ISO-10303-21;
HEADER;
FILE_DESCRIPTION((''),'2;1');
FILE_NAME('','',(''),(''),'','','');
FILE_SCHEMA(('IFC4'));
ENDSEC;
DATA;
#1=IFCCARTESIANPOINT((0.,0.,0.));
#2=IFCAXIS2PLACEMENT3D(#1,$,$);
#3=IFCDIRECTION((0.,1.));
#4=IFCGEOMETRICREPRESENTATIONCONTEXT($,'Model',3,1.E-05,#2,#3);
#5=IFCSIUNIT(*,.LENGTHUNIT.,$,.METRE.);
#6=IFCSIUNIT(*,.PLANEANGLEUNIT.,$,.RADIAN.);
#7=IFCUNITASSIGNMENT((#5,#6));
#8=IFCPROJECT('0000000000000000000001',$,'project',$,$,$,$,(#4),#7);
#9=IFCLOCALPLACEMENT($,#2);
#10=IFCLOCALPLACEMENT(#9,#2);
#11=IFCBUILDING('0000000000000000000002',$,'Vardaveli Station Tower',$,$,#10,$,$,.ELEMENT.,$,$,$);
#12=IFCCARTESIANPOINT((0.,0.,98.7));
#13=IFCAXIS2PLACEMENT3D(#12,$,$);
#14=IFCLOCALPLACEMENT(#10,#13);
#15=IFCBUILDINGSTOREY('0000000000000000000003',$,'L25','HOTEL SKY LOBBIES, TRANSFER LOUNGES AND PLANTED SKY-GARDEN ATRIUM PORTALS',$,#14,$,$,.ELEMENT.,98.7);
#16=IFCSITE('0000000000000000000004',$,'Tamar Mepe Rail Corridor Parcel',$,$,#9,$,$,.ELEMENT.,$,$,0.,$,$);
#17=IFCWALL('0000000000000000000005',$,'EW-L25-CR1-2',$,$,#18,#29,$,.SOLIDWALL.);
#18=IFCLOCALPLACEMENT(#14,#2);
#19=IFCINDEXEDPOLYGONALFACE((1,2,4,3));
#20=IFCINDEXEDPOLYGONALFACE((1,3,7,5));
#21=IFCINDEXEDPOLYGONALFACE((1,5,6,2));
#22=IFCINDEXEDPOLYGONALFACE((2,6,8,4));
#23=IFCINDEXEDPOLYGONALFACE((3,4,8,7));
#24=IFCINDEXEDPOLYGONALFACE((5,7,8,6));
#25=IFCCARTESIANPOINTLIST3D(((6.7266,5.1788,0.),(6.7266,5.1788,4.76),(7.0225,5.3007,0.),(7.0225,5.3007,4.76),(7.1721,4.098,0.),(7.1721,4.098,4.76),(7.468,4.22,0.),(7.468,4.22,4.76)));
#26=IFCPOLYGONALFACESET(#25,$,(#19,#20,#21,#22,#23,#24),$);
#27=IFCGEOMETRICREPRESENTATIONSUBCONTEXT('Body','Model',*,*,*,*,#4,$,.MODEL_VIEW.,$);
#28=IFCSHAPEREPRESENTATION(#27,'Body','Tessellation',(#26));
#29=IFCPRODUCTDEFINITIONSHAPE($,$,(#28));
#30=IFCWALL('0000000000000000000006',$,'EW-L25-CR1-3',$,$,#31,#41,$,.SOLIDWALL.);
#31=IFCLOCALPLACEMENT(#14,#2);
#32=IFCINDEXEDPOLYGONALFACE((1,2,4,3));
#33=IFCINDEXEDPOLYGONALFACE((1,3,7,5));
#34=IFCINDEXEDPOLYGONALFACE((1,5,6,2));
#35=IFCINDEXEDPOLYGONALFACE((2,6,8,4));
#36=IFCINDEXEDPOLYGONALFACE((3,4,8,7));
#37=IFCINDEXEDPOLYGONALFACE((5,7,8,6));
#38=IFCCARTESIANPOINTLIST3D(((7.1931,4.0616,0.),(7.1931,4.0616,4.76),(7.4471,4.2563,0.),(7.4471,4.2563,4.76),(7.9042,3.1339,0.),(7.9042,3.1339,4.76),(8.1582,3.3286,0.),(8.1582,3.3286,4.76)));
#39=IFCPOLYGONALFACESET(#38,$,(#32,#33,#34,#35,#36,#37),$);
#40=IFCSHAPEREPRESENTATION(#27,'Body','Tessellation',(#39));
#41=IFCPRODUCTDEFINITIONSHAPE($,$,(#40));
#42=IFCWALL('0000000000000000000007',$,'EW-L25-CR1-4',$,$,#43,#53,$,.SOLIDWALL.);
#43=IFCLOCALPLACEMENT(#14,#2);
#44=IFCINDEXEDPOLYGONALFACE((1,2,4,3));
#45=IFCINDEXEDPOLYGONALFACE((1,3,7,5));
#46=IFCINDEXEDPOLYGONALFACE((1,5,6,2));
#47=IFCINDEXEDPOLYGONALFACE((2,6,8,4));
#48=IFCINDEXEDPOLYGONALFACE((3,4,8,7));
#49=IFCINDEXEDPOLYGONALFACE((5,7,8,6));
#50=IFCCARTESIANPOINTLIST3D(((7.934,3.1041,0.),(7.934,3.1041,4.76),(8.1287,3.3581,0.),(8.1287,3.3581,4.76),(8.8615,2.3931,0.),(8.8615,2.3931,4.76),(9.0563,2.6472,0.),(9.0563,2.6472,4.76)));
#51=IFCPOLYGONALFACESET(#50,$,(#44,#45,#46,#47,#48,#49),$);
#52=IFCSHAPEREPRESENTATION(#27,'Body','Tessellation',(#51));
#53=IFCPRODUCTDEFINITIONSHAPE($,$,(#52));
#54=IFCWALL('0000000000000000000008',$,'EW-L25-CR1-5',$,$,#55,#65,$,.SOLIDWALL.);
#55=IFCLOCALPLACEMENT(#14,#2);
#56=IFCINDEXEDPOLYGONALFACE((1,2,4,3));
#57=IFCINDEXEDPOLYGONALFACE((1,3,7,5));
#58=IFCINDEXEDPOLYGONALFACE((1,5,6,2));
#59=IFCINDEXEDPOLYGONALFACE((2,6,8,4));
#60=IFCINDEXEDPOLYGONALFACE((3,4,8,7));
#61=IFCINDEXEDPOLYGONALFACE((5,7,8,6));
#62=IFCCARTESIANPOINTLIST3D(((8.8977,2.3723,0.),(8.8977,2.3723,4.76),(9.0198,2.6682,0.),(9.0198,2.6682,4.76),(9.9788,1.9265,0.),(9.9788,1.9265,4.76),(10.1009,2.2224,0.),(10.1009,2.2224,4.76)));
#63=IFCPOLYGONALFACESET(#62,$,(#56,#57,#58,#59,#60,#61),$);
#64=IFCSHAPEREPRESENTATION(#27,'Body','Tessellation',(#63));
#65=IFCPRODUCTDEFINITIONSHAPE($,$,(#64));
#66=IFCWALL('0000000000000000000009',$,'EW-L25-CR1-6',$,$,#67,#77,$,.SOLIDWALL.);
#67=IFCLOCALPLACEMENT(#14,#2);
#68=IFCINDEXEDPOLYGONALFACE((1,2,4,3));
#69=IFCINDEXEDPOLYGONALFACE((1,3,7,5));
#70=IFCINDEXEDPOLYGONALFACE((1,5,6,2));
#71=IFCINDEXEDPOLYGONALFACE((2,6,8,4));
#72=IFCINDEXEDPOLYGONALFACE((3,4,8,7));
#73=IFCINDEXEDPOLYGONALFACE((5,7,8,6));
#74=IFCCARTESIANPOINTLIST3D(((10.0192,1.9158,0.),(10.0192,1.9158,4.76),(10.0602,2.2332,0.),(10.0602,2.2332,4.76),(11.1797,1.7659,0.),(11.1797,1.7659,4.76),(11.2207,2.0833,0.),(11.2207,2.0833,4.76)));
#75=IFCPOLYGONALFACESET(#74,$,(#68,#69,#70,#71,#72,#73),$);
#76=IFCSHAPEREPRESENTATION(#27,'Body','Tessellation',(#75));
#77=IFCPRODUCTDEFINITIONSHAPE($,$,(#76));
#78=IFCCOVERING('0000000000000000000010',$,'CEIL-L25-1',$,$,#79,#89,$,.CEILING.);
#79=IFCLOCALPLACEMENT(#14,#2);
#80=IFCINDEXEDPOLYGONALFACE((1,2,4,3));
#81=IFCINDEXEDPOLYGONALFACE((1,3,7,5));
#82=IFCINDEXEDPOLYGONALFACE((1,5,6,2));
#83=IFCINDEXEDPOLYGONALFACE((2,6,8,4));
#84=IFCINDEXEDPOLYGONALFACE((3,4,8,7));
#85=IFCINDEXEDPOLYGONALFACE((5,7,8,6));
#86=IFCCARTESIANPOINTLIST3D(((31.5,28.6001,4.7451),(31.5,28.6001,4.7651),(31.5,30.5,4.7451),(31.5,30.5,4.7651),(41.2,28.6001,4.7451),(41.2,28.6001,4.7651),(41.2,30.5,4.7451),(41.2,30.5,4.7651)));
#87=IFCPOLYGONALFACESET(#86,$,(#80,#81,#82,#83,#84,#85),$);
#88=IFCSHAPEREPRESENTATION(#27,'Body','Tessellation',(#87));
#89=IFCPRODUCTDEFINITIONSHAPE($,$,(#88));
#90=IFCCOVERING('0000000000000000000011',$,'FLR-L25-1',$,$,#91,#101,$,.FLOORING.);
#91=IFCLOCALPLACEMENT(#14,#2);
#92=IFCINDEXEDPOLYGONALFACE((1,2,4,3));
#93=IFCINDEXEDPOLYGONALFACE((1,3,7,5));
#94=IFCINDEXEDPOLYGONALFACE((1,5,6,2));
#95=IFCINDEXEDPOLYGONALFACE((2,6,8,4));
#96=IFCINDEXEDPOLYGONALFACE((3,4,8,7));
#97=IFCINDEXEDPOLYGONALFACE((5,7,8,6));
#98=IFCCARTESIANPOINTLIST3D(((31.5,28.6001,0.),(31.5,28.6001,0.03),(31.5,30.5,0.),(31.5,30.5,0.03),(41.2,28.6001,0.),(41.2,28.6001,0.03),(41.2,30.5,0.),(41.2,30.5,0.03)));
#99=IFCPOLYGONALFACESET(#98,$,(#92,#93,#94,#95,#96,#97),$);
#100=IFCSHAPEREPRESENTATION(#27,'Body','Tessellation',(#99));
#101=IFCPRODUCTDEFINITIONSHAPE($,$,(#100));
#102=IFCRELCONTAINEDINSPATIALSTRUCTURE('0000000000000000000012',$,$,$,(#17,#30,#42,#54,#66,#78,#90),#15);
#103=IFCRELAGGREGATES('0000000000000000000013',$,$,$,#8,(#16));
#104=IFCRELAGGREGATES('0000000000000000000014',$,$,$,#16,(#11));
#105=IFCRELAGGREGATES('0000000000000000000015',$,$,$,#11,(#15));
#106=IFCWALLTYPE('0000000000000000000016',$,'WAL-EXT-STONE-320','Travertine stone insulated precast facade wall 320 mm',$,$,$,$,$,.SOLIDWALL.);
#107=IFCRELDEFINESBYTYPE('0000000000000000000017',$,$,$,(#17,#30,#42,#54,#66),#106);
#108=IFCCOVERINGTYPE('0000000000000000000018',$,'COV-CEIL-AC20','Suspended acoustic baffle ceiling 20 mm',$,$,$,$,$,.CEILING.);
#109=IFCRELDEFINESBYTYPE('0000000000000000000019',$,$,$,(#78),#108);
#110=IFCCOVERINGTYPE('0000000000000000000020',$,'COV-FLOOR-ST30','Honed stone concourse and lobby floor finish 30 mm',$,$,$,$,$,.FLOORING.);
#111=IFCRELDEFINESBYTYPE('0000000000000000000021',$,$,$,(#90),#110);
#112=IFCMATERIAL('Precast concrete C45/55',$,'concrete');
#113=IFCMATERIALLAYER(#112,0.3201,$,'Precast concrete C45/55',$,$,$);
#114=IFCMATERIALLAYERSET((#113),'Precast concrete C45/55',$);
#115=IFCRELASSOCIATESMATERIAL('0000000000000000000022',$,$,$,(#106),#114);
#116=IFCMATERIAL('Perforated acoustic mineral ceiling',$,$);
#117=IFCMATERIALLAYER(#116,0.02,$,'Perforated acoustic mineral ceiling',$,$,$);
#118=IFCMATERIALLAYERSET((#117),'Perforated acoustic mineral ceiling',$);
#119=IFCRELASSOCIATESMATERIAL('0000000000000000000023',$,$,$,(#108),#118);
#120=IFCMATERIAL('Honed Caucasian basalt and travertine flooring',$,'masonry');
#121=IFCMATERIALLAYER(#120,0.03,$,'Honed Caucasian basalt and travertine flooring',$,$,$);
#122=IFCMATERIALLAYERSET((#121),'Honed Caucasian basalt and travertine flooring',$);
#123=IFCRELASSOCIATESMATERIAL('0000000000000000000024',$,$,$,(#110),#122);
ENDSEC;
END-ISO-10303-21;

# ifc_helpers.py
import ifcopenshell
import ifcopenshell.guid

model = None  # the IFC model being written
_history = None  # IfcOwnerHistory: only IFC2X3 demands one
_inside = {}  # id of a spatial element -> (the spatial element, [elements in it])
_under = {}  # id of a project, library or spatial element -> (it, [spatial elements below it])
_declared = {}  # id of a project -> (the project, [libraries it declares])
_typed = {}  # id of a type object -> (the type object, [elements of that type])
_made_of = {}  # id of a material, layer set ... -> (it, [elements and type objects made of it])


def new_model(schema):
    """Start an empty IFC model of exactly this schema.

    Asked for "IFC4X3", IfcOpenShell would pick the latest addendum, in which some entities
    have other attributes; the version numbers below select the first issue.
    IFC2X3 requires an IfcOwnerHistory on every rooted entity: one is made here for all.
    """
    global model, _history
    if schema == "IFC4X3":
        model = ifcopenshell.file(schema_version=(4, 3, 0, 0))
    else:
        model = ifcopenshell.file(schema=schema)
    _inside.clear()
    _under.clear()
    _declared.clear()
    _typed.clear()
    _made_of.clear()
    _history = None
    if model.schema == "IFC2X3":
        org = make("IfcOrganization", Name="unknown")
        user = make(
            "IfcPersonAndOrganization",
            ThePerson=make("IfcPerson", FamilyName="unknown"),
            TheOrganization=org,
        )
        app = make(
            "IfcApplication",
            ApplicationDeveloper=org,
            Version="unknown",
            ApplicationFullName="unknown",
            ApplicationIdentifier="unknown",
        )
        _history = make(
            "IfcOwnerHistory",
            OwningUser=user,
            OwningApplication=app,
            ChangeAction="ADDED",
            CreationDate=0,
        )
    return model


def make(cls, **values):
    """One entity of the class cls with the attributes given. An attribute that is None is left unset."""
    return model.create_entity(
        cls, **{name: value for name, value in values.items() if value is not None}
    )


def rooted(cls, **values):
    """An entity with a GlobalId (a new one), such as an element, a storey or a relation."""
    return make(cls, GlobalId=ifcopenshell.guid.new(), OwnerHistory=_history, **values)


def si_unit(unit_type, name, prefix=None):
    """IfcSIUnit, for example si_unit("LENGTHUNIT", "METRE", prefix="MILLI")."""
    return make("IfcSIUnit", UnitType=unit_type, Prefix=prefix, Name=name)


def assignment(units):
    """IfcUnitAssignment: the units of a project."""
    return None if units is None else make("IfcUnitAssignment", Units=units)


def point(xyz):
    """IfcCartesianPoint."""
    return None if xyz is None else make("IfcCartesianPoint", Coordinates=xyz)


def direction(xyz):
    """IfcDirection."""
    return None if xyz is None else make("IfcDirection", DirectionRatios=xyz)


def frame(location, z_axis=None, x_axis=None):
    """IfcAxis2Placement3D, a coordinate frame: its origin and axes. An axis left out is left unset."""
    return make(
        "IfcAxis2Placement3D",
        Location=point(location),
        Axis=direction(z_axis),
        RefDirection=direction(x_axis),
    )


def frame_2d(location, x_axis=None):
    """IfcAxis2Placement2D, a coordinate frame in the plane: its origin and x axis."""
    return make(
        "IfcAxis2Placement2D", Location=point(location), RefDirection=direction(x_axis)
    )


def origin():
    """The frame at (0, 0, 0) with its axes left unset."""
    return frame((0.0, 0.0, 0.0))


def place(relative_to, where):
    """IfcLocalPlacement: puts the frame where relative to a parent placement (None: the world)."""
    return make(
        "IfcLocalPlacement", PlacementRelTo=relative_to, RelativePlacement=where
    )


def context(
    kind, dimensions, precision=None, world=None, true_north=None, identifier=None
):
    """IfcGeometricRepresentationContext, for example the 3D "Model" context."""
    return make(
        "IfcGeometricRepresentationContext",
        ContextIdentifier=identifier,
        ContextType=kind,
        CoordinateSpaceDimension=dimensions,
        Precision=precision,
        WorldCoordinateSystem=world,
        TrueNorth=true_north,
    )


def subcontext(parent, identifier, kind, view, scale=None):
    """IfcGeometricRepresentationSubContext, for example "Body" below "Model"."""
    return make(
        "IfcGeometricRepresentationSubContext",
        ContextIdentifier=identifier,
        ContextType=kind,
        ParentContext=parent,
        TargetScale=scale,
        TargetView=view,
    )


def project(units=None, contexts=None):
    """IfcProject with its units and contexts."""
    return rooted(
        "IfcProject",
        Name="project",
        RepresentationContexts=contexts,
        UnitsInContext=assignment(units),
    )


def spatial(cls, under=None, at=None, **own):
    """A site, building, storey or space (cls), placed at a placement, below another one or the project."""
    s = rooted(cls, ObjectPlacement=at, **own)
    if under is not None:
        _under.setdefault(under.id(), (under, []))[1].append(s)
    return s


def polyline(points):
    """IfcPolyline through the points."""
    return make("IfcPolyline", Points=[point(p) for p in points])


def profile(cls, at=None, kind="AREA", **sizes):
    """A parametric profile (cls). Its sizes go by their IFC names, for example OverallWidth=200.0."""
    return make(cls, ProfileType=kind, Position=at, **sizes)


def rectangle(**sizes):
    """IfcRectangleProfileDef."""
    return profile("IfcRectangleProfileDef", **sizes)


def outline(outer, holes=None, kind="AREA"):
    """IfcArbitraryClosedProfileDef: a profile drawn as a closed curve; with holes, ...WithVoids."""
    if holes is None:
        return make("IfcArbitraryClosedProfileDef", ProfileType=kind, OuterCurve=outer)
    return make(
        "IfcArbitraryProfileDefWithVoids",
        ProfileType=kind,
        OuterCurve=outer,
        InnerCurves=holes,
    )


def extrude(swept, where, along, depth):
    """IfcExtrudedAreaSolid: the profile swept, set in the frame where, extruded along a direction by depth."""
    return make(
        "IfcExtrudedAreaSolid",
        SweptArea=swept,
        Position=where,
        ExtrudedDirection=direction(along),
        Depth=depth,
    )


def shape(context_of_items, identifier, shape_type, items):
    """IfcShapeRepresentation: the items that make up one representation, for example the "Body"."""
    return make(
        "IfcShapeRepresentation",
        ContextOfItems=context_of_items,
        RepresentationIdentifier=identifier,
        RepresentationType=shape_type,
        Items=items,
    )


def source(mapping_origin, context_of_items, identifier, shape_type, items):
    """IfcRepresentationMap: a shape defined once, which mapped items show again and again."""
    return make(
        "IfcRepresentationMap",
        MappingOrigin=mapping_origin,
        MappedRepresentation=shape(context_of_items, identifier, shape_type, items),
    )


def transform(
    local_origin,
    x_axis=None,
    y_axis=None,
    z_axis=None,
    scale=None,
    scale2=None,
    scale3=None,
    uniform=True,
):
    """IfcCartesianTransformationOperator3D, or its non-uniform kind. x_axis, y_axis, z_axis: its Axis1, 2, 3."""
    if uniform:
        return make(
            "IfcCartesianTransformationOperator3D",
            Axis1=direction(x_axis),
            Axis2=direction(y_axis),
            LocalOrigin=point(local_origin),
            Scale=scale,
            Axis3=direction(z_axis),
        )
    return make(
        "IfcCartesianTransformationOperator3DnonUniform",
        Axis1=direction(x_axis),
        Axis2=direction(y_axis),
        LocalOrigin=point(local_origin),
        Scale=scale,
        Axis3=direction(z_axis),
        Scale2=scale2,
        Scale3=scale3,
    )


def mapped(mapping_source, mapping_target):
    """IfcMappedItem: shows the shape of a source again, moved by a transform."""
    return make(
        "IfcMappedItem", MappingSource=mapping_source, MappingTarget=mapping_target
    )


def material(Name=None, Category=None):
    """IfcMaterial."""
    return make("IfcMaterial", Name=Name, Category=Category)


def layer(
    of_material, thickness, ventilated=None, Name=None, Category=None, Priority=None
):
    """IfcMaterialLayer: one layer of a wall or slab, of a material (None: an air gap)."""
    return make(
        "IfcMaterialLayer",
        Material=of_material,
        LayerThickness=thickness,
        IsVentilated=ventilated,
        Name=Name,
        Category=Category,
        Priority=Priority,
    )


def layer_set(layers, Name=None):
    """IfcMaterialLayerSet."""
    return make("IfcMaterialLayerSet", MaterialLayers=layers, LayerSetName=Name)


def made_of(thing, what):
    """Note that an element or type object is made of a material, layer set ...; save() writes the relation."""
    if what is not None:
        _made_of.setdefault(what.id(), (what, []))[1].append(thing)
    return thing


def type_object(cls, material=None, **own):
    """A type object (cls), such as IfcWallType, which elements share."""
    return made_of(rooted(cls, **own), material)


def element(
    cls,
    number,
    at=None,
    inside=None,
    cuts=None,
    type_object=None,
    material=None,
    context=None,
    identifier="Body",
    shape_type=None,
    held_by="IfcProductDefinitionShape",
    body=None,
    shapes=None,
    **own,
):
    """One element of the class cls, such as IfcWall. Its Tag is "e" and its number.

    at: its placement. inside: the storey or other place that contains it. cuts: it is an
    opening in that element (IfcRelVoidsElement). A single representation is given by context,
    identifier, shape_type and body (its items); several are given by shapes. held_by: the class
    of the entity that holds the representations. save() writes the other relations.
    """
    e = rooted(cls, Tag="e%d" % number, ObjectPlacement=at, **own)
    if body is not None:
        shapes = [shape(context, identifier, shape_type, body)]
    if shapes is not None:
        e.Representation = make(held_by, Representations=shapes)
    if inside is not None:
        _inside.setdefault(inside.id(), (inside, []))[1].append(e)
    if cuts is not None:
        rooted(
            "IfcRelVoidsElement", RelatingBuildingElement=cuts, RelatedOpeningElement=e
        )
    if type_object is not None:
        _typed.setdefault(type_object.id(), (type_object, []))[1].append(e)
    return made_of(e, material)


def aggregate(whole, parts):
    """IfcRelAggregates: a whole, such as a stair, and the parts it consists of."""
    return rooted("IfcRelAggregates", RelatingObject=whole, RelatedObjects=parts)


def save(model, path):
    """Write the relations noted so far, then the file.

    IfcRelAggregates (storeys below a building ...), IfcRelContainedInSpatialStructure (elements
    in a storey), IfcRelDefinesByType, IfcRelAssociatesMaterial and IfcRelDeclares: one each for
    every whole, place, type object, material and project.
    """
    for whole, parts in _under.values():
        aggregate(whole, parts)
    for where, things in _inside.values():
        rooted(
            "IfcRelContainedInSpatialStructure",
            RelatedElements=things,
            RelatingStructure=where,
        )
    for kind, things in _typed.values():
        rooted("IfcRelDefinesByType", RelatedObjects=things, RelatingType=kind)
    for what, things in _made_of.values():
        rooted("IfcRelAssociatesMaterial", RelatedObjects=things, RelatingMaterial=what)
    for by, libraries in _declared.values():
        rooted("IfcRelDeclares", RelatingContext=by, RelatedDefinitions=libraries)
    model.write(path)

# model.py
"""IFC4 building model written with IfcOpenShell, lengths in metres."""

from ifc_helpers import new_model, si_unit, direction, frame, frame_2d, origin, place, context, subcontext, project, spatial, polyline, rectangle, outline, extrude, source, transform, mapped, material, layer, layer_set, type_object, element, save


model = new_model("IFC4")

# Units and contexts
model_context = context("Model", 3, precision=1e-05, world=origin(), true_north=direction((0.0, 1.0)))
body_context = subcontext(model_context, "Body", "Model", "MODEL_VIEW")
ifc_project = project(units=[si_unit("LENGTHUNIT", "METRE"), si_unit("PLANEANGLEUNIT", "RADIAN")], contexts=[model_context])

# Site, building, storey
site_placement = place(None, origin())
site = spatial("IfcSite", under=ifc_project, at=site_placement, Name="Tamar Mepe Rail Corridor Parcel", CompositionType="ELEMENT", RefElevation=0.0)
building_placement = place(site_placement, origin())
building = spatial("IfcBuilding", under=site, at=building_placement, Name="Vardaveli Station Tower", CompositionType="ELEMENT")
storey_placement = place(building_placement, frame((0.0, 0.0, 98.7)))
storey = spatial("IfcBuildingStorey", under=building, at=storey_placement, Name="L25", Description="HOTEL SKY LOBBIES, TRANSFER LOUNGES AND PLANTED SKY-GARDEN ATRIUM PORTALS", CompositionType="ELEMENT", Elevation=98.7)

# Shared definitions
ifc_material_1 = material(Name="Precast concrete C45/55", Category="concrete")

# Walls
ifc_layer_1 = layer(ifc_material_1, 0.3201, Name="Precast concrete C45/55")
ifc_layer_set_1 = layer_set([ifc_layer_1], Name="Precast concrete C45/55")
wall_type = type_object("IfcWallType", Name="WAL-EXT-STONE-320", Description="Travertine stone insulated precast facade wall 320 mm", PredefinedType="SOLIDWALL", material=ifc_layer_set_1)
shared_shape_1 = source(origin(), body_context, "Body", "SweptSolid", [
    extrude(rectangle(XDim=1.1689, YDim=0.3201, at=frame_2d((0.5845, 0.0))), origin(), (0.0, 0.0, 1.0), 4.76),
])
for number, where, z_axis, x_axis, name in (
    (1, (6.8745, 5.2397, 0.0), (0.0, 0.0, 1.0), (0.381128, -0.924522, 0.0), "EW-L25-CR1-2"),
    (2, (7.3201, 4.1589, 0.0), (0.0, 0.0, 1.0), (0.608388, -0.79364, 0.0), "EW-L25-CR1-3"),
):
    element("IfcWall", number, at=place(storey_placement, frame(where, z_axis=z_axis, x_axis=x_axis)), inside=storey, type_object=wall_type, Name=name, PredefinedType="SOLIDWALL", context=body_context, shape_type="MappedRepresentation", body=[
        mapped(shared_shape_1, transform((0.0, 0.0, 0.0), scale=1.0)),
    ])
shared_shape_2 = source(origin(), body_context, "Body", "SweptSolid", [
    extrude(rectangle(XDim=1.1687, YDim=0.3201, at=frame_2d((0.5845, 0.0))), origin(), (0.0, 0.0, 1.0), 4.76),
])
wall_1_placement = place(storey_placement, frame((8.0312, 3.2312, 0.0), z_axis=(0.0, 0.0, 1.0), x_axis=(0.793664, -0.608357, 0.0)))
element("IfcWall", 3, at=wall_1_placement, inside=storey, type_object=wall_type, Name="EW-L25-CR1-4", PredefinedType="SOLIDWALL", context=body_context, shape_type="MappedRepresentation", body=[
    mapped(shared_shape_2, transform((0.0, 0.0, 0.0), scale=1.0)),
])
shared_shape_3 = source(origin(), body_context, "Body", "SweptSolid", [
    extrude(rectangle(XDim=1.1694, YDim=0.3201, at=frame_2d((0.5847, 0.0))), origin(), (0.0, 0.0, 1.0), 4.76),
])
wall_2_placement = place(storey_placement, frame((8.9587, 2.5203, 0.0), z_axis=(0.0, 0.0, 1.0), x_axis=(0.924479, -0.381233, 0.0)))
element("IfcWall", 4, at=wall_2_placement, inside=storey, type_object=wall_type, Name="EW-L25-CR1-5", PredefinedType="SOLIDWALL", context=body_context, shape_type="MappedRepresentation", body=[
    mapped(shared_shape_3, transform((0.0, 0.0, 0.0), scale=1.0)),
])
shared_shape_4 = source(origin(), body_context, "Body", "SweptSolid", [
    extrude(rectangle(XDim=1.1702, YDim=0.3201, at=frame_2d((0.585, 0.0))), origin(), (0.0, 0.0, 1.0), 4.76),
])
wall_3_placement = place(storey_placement, frame((10.0398, 2.0745, 0.0), z_axis=(0.0, 0.0, 1.0), x_axis=(0.991762, -0.12809, 0.0)))
element("IfcWall", 5, at=wall_3_placement, inside=storey, type_object=wall_type, Name="EW-L25-CR1-6", PredefinedType="SOLIDWALL", context=body_context, shape_type="MappedRepresentation", body=[
    mapped(shared_shape_4, transform((0.0, 0.0, 0.0), scale=1.0)),
])

# Coverings
ifc_material_2 = material(Name="Perforated acoustic mineral ceiling")
ifc_layer_2 = layer(ifc_material_2, 0.02, Name="Perforated acoustic mineral ceiling")
ifc_layer_set_2 = layer_set([ifc_layer_2], Name="Perforated acoustic mineral ceiling")
covering_type_1 = type_object("IfcCoveringType", Name="COV-CEIL-AC20", Description="Suspended acoustic baffle ceiling 20 mm", PredefinedType="CEILING", material=ifc_layer_set_2)
covering_1_placement = place(storey_placement, frame((0.0, 0.0, 4.7451)))
element("IfcCovering", 6, at=covering_1_placement, inside=storey, type_object=covering_type_1, Name="CEIL-L25-1", PredefinedType="CEILING", context=body_context, shape_type="SweptSolid", body=[
    extrude(outline(polyline([(31.5, 28.6001), (41.2, 28.6001), (41.2, 30.5), (31.5, 30.5), (31.5, 28.6001)])), origin(), (0.0, 0.0, 1.0), 0.02),
])
ifc_material_3 = material(Name="Honed Caucasian basalt and travertine flooring", Category="masonry")
ifc_layer_3 = layer(ifc_material_3, 0.03, Name="Honed Caucasian basalt and travertine flooring")
ifc_layer_set_3 = layer_set([ifc_layer_3], Name="Honed Caucasian basalt and travertine flooring")
covering_type_2 = type_object("IfcCoveringType", Name="COV-FLOOR-ST30", Description="Honed stone concourse and lobby floor finish 30 mm", PredefinedType="FLOORING", material=ifc_layer_set_3)
covering_2_placement = place(storey_placement, origin())
element("IfcCovering", 7, at=covering_2_placement, inside=storey, type_object=covering_type_2, Name="FLR-L25-1", PredefinedType="FLOORING", context=body_context, shape_type="SweptSolid", body=[
    extrude(outline(polyline([(31.5, 28.6001), (41.2, 28.6001), (41.2, 30.5), (31.5, 30.5), (31.5, 28.6001)])), origin(), (0.0, 0.0, 1.0), 0.03),
])

save(model, "model.ifc")
